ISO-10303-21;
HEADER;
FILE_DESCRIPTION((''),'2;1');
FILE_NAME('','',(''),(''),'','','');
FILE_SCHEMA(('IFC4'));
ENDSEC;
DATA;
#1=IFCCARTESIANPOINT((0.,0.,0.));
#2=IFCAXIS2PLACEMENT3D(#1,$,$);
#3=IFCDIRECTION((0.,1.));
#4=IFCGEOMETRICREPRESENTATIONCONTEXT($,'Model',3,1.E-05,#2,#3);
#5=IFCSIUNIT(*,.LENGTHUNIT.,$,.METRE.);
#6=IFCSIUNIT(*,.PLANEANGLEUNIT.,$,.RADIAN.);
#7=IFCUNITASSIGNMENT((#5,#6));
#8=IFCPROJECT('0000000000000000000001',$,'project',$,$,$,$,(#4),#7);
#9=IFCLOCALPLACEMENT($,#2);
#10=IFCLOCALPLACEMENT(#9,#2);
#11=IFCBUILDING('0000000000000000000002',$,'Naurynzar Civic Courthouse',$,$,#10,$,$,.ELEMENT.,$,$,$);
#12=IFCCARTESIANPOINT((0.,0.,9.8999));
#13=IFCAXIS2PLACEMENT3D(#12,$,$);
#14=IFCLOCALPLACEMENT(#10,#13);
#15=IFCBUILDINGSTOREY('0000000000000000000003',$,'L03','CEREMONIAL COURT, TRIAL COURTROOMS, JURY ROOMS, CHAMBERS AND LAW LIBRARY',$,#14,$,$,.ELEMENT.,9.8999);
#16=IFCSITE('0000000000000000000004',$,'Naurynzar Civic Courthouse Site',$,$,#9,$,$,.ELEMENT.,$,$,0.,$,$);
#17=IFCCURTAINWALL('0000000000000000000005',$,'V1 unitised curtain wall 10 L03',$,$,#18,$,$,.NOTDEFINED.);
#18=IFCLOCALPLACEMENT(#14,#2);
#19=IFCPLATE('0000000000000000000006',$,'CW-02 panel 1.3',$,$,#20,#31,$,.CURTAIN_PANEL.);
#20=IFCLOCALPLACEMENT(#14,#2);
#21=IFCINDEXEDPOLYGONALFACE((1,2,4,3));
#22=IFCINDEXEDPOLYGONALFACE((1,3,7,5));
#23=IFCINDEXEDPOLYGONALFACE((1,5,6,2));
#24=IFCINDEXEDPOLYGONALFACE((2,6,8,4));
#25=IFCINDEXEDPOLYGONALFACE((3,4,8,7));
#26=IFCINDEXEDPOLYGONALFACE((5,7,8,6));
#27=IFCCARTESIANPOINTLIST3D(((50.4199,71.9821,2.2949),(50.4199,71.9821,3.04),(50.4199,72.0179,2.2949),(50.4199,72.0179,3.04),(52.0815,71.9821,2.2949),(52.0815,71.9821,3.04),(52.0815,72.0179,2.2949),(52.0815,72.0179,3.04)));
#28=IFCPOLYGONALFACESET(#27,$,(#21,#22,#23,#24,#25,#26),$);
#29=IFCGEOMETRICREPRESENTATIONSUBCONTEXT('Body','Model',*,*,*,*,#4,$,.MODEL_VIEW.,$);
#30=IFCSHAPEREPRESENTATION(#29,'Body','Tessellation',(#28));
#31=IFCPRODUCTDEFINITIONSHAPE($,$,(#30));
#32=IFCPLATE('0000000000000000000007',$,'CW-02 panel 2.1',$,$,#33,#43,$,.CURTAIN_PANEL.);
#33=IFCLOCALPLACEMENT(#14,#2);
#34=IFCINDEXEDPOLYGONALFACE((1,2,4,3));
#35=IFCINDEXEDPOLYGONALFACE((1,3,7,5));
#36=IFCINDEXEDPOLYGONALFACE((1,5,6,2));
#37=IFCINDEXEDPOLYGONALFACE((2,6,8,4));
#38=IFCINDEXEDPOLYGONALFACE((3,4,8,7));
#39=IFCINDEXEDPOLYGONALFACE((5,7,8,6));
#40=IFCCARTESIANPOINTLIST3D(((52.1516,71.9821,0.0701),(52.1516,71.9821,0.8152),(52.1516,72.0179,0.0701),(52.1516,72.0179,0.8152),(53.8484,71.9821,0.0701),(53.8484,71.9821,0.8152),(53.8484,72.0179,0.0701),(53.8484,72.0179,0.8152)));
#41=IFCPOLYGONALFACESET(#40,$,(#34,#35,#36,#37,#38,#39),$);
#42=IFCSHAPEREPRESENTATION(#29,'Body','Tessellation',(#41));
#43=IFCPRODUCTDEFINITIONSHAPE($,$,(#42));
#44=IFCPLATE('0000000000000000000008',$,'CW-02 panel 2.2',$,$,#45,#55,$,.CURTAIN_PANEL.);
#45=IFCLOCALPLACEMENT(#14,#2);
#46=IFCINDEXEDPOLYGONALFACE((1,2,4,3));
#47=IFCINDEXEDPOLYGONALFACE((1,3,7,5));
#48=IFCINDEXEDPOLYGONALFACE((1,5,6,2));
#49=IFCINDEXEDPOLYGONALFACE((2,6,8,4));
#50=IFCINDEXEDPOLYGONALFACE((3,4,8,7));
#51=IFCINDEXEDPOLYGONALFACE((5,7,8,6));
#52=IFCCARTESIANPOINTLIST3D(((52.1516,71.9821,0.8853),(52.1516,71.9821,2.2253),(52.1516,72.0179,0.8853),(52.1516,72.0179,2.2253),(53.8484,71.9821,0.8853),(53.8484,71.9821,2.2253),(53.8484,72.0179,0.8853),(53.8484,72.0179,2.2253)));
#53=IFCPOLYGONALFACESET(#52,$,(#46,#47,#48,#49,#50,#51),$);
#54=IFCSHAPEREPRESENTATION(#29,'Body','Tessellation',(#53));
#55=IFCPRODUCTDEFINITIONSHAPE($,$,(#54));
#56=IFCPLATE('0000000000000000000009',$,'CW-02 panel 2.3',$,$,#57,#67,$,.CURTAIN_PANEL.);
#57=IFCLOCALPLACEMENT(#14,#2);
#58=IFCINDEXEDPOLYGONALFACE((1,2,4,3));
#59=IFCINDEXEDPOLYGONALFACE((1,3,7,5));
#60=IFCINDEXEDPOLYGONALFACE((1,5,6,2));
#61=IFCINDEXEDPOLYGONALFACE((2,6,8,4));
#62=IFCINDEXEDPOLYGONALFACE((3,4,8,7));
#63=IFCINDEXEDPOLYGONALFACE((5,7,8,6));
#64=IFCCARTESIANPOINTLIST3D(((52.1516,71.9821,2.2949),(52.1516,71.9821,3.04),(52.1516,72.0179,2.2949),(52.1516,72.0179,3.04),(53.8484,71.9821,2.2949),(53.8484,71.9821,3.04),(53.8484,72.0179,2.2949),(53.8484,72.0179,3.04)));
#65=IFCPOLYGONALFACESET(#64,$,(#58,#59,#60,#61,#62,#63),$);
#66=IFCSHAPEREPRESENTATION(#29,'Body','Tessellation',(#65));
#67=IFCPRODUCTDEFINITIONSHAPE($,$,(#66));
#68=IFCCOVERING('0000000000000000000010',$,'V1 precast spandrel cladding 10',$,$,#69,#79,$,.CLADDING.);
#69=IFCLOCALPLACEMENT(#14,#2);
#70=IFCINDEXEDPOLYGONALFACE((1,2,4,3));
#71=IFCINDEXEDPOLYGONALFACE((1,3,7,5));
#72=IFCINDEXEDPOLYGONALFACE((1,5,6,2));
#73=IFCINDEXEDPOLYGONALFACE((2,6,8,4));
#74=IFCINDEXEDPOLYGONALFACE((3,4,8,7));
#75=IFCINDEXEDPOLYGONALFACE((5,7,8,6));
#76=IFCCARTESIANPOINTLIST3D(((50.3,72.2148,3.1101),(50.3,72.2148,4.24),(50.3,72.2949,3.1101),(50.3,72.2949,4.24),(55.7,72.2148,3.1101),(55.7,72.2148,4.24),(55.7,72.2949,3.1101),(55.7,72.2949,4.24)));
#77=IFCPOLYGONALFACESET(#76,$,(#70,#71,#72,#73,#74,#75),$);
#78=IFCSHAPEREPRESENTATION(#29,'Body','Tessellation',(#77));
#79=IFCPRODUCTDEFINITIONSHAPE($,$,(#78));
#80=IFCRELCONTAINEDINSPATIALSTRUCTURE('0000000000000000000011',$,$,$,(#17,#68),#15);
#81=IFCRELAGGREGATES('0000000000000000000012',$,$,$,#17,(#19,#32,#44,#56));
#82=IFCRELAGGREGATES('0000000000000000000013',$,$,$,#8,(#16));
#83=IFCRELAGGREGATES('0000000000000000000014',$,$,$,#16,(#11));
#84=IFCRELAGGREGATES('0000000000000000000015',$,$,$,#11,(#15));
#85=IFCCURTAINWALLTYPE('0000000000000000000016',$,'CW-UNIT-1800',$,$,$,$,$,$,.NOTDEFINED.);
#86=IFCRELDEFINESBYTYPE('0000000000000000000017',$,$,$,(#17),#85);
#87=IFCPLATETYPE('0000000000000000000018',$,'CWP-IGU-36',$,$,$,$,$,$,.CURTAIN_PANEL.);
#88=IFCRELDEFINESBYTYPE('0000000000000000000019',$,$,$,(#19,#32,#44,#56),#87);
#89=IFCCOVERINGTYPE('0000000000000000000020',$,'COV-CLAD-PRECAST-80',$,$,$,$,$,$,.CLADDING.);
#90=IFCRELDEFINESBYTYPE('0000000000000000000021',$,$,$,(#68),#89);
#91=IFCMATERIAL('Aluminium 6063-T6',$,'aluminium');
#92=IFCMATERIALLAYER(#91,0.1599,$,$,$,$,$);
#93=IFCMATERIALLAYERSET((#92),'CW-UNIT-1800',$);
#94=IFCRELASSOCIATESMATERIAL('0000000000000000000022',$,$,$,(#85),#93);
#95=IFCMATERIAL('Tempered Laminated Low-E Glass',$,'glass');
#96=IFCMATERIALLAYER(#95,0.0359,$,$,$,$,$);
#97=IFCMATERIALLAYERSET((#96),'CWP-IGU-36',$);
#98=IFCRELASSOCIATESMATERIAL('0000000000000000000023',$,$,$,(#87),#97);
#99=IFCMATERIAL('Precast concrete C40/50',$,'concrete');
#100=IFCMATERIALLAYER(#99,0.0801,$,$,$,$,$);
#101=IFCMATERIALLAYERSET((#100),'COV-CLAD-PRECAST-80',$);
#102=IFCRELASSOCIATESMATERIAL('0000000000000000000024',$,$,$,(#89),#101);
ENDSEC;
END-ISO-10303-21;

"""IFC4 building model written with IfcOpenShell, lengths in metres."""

from ifc_helpers import new_model, si_unit, direction, frame, origin, origin_2d, place, context, subcontext, project, spatial, rectangle, extrude, material, layer, layer_set, type_object, element, aggregate, save


model = new_model("IFC4")

# Units and contexts
model_context = context("Model", 3, precision=1e-05, world=origin(), true_north=direction((0.0, 1.0)))
body_context = subcontext(model_context, "Body", "Model", "MODEL_VIEW")
ifc_project = project(units=[si_unit("LENGTHUNIT", "METRE"), si_unit("PLANEANGLEUNIT", "RADIAN")], contexts=[model_context])

# Site, building, storey
site_placement = place(None, origin())
site = spatial("IfcSite", under=ifc_project, at=site_placement, Name="Naurynzar Civic Courthouse Site", CompositionType="ELEMENT", RefElevation=0.0)
building_placement = place(site_placement, origin())
building = spatial("IfcBuilding", under=site, at=building_placement, Name="Naurynzar Civic Courthouse", CompositionType="ELEMENT")
storey_placement = place(building_placement, frame((0.0, 0.0, 9.8999)))
storey = spatial("IfcBuildingStorey", under=building, at=storey_placement, Name="L03", Description="CEREMONIAL COURT, TRIAL COURTROOMS, JURY ROOMS, CHAMBERS AND LAW LIBRARY", CompositionType="ELEMENT", Elevation=9.8999)

# Curtain wall, plates
ifc_material_1 = material(Name="Aluminium 6063-T6", Category="aluminium")
ifc_layer_1 = layer(ifc_material_1, 0.1599)
ifc_layer_set_1 = layer_set([ifc_layer_1], Name="CW-UNIT-1800")
curtain_wall_type = type_object("IfcCurtainWallType", Name="CW-UNIT-1800", PredefinedType="NOTDEFINED", material=ifc_layer_set_1)
curtain_wall_placement = place(storey_placement, origin())
curtain_wall = element("IfcCurtainWall", 1, at=curtain_wall_placement, inside=storey, type_object=curtain_wall_type, Name="V1 unitised curtain wall 10 L03", PredefinedType="NOTDEFINED")
ifc_material_2 = material(Name="Tempered Laminated Low-E Glass", Category="glass")
ifc_layer_2 = layer(ifc_material_2, 0.0359)
ifc_layer_set_2 = layer_set([ifc_layer_2], Name="CWP-IGU-36")
plate_type = type_object("IfcPlateType", Name="CWP-IGU-36", PredefinedType="CURTAIN_PANEL", material=ifc_layer_set_2)
plate_1_placement = place(storey_placement, frame((51.2507, 72.0, 2.2949), z_axis=(0.0, 0.0, 1.0), x_axis=(1.0, 0.0, 0.0)))
plate_1 = element("IfcPlate", 2, at=plate_1_placement, type_object=plate_type, Name="CW-02 panel 1.3", PredefinedType="CURTAIN_PANEL", context=body_context, shape_type="SweptSolid", body=[
    extrude(rectangle(XDim=1.6616, YDim=0.0359, at=origin_2d()), origin(), (0.0, 0.0, 1.0), 0.7451),
])
plate_2_placement = place(storey_placement, frame((53.0, 72.0, 0.0701), z_axis=(0.0, 0.0, 1.0), x_axis=(1.0, 0.0, 0.0)))
plate_2 = element("IfcPlate", 3, at=plate_2_placement, type_object=plate_type, Name="CW-02 panel 2.1", PredefinedType="CURTAIN_PANEL", context=body_context, shape_type="SweptSolid", body=[
    extrude(rectangle(XDim=1.6968, YDim=0.0359, at=origin_2d()), origin(), (0.0, 0.0, 1.0), 0.7451),
])
plate_3_placement = place(storey_placement, frame((53.0, 72.0, 0.8853), z_axis=(0.0, 0.0, 1.0), x_axis=(1.0, 0.0, 0.0)))
plate_3 = element("IfcPlate", 4, at=plate_3_placement, type_object=plate_type, Name="CW-02 panel 2.2", PredefinedType="CURTAIN_PANEL", context=body_context, shape_type="SweptSolid", body=[
    extrude(rectangle(XDim=1.6968, YDim=0.0359, at=origin_2d()), origin(), (0.0, 0.0, 1.0), 1.3401),
])
plate_4_placement = place(storey_placement, frame((53.0, 72.0, 2.2949), z_axis=(0.0, 0.0, 1.0), x_axis=(1.0, 0.0, 0.0)))
plate_4 = element("IfcPlate", 5, at=plate_4_placement, type_object=plate_type, Name="CW-02 panel 2.3", PredefinedType="CURTAIN_PANEL", context=body_context, shape_type="SweptSolid", body=[
    extrude(rectangle(XDim=1.6968, YDim=0.0359, at=origin_2d()), origin(), (0.0, 0.0, 1.0), 0.7451),
])
aggregate(curtain_wall, [plate_1, plate_2, plate_3, plate_4])

# Covering
ifc_material_3 = material(Name="Precast concrete C40/50", Category="concrete")
ifc_layer_3 = layer(ifc_material_3, 0.0801)
ifc_layer_set_3 = layer_set([ifc_layer_3], Name="COV-CLAD-PRECAST-80")
covering_type = type_object("IfcCoveringType", Name="COV-CLAD-PRECAST-80", PredefinedType="CLADDING", material=ifc_layer_set_3)
covering_placement = place(storey_placement, frame((53.0, 72.2549, 3.1101), z_axis=(0.0, 0.0, 1.0), x_axis=(1.0, 0.0, 0.0)))
element("IfcCovering", 6, at=covering_placement, inside=storey, type_object=covering_type, Name="V1 precast spandrel cladding 10", PredefinedType="CLADDING", context=body_context, shape_type="SweptSolid", body=[
    extrude(rectangle(XDim=5.3999, YDim=0.0801, at=origin_2d()), origin(), (0.0, 0.0, 1.0), 1.1299),
])

save(model, "model.ifc")
